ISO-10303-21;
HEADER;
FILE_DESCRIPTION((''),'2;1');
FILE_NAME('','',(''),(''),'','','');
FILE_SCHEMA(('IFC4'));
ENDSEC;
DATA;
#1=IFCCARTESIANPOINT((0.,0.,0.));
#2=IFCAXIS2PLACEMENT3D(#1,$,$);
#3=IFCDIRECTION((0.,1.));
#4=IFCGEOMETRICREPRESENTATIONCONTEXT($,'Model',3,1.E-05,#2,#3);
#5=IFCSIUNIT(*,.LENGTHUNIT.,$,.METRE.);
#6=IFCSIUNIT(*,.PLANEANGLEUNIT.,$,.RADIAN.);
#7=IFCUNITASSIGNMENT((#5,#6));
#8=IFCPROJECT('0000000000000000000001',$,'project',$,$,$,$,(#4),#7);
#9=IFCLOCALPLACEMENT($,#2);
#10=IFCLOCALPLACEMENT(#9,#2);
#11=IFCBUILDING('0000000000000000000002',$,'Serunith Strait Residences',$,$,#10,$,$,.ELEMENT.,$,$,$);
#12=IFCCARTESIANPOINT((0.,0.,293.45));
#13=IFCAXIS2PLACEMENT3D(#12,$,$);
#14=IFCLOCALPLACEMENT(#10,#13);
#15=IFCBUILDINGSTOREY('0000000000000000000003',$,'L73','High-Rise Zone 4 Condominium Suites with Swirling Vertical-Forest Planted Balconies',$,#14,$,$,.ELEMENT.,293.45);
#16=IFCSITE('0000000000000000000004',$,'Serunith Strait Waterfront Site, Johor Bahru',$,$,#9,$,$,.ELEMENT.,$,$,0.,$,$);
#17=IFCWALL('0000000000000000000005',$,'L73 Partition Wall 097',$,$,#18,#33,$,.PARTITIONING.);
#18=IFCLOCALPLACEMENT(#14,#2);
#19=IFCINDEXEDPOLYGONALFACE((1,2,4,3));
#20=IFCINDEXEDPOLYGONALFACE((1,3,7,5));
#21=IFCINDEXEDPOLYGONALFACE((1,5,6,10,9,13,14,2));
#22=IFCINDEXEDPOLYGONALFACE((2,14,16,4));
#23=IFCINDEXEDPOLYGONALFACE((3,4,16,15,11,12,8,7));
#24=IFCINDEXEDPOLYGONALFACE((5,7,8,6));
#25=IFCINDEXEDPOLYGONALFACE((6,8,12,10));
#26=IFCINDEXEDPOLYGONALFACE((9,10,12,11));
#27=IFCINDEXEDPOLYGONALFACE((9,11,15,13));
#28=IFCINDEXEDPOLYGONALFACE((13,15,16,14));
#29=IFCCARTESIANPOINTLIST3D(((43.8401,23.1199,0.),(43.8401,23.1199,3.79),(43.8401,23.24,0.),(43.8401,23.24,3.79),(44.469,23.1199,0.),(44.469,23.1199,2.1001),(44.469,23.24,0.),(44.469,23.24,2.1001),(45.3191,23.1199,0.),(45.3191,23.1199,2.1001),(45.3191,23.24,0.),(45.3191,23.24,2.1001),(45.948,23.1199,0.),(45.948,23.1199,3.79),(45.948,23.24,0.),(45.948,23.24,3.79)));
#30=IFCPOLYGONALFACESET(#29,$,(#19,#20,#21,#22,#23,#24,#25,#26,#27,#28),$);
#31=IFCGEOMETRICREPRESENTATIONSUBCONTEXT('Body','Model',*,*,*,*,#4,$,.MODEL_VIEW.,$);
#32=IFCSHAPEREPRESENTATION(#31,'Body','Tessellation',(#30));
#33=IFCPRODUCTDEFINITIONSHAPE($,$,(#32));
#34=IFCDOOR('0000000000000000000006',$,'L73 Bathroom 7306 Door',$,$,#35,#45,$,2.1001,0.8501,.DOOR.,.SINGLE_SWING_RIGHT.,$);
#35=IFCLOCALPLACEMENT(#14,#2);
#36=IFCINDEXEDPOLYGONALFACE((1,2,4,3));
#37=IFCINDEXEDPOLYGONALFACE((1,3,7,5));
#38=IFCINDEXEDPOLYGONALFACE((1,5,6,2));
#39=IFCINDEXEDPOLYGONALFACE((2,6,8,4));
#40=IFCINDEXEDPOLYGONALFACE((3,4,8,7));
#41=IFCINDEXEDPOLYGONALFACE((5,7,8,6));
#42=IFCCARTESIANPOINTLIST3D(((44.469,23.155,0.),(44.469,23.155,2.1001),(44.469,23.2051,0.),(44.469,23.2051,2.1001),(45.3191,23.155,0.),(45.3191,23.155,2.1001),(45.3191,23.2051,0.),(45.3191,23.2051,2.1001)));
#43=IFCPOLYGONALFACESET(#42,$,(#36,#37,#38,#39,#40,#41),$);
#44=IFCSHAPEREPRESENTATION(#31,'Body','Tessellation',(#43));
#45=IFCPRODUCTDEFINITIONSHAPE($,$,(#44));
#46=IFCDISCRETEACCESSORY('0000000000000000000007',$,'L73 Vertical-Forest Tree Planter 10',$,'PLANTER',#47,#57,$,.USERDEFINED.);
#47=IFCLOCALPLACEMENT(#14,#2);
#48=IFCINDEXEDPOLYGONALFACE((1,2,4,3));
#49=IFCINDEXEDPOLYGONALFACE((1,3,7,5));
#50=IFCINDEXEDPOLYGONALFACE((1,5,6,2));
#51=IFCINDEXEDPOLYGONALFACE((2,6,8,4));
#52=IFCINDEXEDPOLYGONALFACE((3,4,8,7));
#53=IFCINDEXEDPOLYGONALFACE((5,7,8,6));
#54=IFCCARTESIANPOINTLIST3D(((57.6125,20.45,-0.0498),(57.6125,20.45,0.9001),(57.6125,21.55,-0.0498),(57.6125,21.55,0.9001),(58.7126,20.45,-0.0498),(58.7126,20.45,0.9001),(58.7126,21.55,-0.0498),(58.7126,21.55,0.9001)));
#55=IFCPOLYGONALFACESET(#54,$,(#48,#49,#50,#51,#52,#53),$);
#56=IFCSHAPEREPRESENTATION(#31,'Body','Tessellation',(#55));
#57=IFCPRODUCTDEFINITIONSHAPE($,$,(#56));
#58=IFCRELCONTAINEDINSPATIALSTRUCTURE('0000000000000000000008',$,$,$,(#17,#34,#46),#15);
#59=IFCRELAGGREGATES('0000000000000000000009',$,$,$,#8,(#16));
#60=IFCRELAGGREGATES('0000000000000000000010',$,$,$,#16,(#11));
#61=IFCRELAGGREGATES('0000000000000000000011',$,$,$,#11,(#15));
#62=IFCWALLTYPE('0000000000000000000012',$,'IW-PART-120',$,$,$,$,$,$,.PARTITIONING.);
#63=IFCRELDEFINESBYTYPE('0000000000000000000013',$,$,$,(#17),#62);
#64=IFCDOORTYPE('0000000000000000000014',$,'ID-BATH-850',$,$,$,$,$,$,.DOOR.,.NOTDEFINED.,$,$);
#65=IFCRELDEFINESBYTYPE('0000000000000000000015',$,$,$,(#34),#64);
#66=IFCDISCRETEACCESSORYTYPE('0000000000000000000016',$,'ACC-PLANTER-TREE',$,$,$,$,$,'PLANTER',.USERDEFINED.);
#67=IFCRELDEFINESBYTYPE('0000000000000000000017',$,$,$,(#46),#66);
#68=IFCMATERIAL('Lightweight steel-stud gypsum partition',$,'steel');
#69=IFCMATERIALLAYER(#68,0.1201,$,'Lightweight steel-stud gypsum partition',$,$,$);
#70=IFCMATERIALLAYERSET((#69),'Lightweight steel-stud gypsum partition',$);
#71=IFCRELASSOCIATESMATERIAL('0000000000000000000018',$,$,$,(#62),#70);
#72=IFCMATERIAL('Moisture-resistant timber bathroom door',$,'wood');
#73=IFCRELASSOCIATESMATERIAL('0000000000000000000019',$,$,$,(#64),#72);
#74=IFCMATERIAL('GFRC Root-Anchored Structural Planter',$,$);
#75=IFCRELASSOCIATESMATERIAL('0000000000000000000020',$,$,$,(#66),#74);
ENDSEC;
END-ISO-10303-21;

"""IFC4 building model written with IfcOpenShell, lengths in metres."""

from ifc_helpers import new_model, si_unit, direction, frame, frame_2d, origin, origin_2d, place, context, subcontext, project, spatial, rectangle, extrude, source, transform, mapped, material, layer, layer_set, type_object, element, fill, save


model = new_model("IFC4")

# Units and contexts
model_context = context("Model", 3, precision=1e-05, world=origin(), true_north=direction((0.0, 1.0)))
body_context = subcontext(model_context, "Body", "Model", "MODEL_VIEW")
ifc_project = project(units=[si_unit("LENGTHUNIT", "METRE"), si_unit("PLANEANGLEUNIT", "RADIAN")], contexts=[model_context])

# Site, building, storey
site_placement = place(None, origin())
site = spatial("IfcSite", under=ifc_project, at=site_placement, Name="Serunith Strait Waterfront Site, Johor Bahru", CompositionType="ELEMENT", RefElevation=0.0)
building_placement = place(site_placement, origin())
building = spatial("IfcBuilding", under=site, at=building_placement, Name="Serunith Strait Residences", CompositionType="ELEMENT")
storey_placement = place(building_placement, frame((0.0, 0.0, 293.45)))
storey = spatial("IfcBuildingStorey", under=building, at=storey_placement, Name="L73", Description="High-Rise Zone 4 Condominium Suites with Swirling Vertical-Forest Planted Balconies", CompositionType="ELEMENT", Elevation=293.45)

# Shared definitions
ifc_material_1 = material(Name="Lightweight steel-stud gypsum partition", Category="steel")
ifc_layer_1 = layer(ifc_material_1, 0.1201, Name="Lightweight steel-stud gypsum partition")
ifc_layer_set_1 = layer_set([ifc_layer_1], Name="Lightweight steel-stud gypsum partition")
wall_type_1 = type_object("IfcWallType", Name="IW-PART-120", PredefinedType="PARTITIONING", material=ifc_layer_set_1)

# Shared definitions
shared_shape_1 = source(origin(), body_context, "Body", "SweptSolid", [
    extrude(rectangle(XDim=0.8501, YDim=2.1001, at=frame_2d((0.425, 1.05))), frame((0.0, 0.0249, 0.0), z_axis=(0.0, -1.0, 0.0), x_axis=(1.0, 0.0, 0.0)), (0.0, 0.0, 1.0), 0.05),
])
ifc_material_2 = material(Name="Moisture-resistant timber bathroom door", Category="wood")
door_type_1 = type_object("IfcDoorType", Name="ID-BATH-850", OperationType="NOTDEFINED", PredefinedType="DOOR", material=ifc_material_2)

# Wall, opening, door
wall_1_placement = place(storey_placement, frame((45.948, 23.1799, 0.0), z_axis=(0.0, 0.0, 1.0), x_axis=(-1.0, 0.0, 0.0)))
wall_1 = element("IfcWall", 1, at=wall_1_placement, inside=storey, type_object=wall_type_1, Name="L73 Partition Wall 097", PredefinedType="PARTITIONING", context=body_context, shape_type="SweptSolid", body=[
    extrude(rectangle(XDim=2.1079, YDim=0.1201, at=frame_2d((1.054, 0.0))), origin(), (0.0, 0.0, 1.0), 3.79),
])
opening_1_placement = place(wall_1_placement, frame((0.6289, 0.0, 0.0)))
opening_1 = element("IfcOpeningElement", 2, at=opening_1_placement, cuts=wall_1, PredefinedType="OPENING", context=body_context, shape_type="SweptSolid", body=[
    extrude(rectangle(XDim=0.8501, YDim=2.1001, at=frame_2d((0.425, 1.05))), frame((0.0, 0.0701, 0.0), z_axis=(0.0, -1.0, 0.0), x_axis=(1.0, 0.0, 0.0)), (0.0, 0.0, 1.0), 0.1401),
])
door_1_placement = place(opening_1_placement, origin())
door_1 = element("IfcDoor", 3, at=door_1_placement, inside=storey, type_object=door_type_1, Name="L73 Bathroom 7306 Door", OperationType="SINGLE_SWING_RIGHT", OverallHeight=2.1001, OverallWidth=0.8501, PredefinedType="DOOR", context=body_context, shape_type="MappedRepresentation", body=[
    mapped(shared_shape_1, transform((0.0, 0.0, 0.0), scale=1.0)),
])
fill(opening_1, door_1)

# Discrete accessory
ifc_material_3 = material(Name="GFRC Root-Anchored Structural Planter")
discrete_accessory_type = type_object("IfcDiscreteAccessoryType", Name="ACC-PLANTER-TREE", ElementType="PLANTER", PredefinedType="USERDEFINED", material=ifc_material_3)
shared_shape_2 = source(origin(), body_context, "Body", "SweptSolid", [
    extrude(rectangle(XDim=1.1001, YDim=1.1001, at=origin_2d()), origin(), (0.0, 0.0, 1.0), 0.95),
])
discrete_accessory_placement = place(storey_placement, frame((58.1626, 21.0, -0.0498), z_axis=(0.0, 0.0, 1.0), x_axis=(0.0, 1.0, 0.0)))
element("IfcDiscreteAccessory", 4, at=discrete_accessory_placement, inside=storey, type_object=discrete_accessory_type, Name="L73 Vertical-Forest Tree Planter 10", ObjectType="PLANTER", PredefinedType="USERDEFINED", context=body_context, shape_type="MappedRepresentation", body=[
    mapped(shared_shape_2, transform((0.0, 0.0, 0.0), scale=1.0)),
])

save(model, "model.ifc")
